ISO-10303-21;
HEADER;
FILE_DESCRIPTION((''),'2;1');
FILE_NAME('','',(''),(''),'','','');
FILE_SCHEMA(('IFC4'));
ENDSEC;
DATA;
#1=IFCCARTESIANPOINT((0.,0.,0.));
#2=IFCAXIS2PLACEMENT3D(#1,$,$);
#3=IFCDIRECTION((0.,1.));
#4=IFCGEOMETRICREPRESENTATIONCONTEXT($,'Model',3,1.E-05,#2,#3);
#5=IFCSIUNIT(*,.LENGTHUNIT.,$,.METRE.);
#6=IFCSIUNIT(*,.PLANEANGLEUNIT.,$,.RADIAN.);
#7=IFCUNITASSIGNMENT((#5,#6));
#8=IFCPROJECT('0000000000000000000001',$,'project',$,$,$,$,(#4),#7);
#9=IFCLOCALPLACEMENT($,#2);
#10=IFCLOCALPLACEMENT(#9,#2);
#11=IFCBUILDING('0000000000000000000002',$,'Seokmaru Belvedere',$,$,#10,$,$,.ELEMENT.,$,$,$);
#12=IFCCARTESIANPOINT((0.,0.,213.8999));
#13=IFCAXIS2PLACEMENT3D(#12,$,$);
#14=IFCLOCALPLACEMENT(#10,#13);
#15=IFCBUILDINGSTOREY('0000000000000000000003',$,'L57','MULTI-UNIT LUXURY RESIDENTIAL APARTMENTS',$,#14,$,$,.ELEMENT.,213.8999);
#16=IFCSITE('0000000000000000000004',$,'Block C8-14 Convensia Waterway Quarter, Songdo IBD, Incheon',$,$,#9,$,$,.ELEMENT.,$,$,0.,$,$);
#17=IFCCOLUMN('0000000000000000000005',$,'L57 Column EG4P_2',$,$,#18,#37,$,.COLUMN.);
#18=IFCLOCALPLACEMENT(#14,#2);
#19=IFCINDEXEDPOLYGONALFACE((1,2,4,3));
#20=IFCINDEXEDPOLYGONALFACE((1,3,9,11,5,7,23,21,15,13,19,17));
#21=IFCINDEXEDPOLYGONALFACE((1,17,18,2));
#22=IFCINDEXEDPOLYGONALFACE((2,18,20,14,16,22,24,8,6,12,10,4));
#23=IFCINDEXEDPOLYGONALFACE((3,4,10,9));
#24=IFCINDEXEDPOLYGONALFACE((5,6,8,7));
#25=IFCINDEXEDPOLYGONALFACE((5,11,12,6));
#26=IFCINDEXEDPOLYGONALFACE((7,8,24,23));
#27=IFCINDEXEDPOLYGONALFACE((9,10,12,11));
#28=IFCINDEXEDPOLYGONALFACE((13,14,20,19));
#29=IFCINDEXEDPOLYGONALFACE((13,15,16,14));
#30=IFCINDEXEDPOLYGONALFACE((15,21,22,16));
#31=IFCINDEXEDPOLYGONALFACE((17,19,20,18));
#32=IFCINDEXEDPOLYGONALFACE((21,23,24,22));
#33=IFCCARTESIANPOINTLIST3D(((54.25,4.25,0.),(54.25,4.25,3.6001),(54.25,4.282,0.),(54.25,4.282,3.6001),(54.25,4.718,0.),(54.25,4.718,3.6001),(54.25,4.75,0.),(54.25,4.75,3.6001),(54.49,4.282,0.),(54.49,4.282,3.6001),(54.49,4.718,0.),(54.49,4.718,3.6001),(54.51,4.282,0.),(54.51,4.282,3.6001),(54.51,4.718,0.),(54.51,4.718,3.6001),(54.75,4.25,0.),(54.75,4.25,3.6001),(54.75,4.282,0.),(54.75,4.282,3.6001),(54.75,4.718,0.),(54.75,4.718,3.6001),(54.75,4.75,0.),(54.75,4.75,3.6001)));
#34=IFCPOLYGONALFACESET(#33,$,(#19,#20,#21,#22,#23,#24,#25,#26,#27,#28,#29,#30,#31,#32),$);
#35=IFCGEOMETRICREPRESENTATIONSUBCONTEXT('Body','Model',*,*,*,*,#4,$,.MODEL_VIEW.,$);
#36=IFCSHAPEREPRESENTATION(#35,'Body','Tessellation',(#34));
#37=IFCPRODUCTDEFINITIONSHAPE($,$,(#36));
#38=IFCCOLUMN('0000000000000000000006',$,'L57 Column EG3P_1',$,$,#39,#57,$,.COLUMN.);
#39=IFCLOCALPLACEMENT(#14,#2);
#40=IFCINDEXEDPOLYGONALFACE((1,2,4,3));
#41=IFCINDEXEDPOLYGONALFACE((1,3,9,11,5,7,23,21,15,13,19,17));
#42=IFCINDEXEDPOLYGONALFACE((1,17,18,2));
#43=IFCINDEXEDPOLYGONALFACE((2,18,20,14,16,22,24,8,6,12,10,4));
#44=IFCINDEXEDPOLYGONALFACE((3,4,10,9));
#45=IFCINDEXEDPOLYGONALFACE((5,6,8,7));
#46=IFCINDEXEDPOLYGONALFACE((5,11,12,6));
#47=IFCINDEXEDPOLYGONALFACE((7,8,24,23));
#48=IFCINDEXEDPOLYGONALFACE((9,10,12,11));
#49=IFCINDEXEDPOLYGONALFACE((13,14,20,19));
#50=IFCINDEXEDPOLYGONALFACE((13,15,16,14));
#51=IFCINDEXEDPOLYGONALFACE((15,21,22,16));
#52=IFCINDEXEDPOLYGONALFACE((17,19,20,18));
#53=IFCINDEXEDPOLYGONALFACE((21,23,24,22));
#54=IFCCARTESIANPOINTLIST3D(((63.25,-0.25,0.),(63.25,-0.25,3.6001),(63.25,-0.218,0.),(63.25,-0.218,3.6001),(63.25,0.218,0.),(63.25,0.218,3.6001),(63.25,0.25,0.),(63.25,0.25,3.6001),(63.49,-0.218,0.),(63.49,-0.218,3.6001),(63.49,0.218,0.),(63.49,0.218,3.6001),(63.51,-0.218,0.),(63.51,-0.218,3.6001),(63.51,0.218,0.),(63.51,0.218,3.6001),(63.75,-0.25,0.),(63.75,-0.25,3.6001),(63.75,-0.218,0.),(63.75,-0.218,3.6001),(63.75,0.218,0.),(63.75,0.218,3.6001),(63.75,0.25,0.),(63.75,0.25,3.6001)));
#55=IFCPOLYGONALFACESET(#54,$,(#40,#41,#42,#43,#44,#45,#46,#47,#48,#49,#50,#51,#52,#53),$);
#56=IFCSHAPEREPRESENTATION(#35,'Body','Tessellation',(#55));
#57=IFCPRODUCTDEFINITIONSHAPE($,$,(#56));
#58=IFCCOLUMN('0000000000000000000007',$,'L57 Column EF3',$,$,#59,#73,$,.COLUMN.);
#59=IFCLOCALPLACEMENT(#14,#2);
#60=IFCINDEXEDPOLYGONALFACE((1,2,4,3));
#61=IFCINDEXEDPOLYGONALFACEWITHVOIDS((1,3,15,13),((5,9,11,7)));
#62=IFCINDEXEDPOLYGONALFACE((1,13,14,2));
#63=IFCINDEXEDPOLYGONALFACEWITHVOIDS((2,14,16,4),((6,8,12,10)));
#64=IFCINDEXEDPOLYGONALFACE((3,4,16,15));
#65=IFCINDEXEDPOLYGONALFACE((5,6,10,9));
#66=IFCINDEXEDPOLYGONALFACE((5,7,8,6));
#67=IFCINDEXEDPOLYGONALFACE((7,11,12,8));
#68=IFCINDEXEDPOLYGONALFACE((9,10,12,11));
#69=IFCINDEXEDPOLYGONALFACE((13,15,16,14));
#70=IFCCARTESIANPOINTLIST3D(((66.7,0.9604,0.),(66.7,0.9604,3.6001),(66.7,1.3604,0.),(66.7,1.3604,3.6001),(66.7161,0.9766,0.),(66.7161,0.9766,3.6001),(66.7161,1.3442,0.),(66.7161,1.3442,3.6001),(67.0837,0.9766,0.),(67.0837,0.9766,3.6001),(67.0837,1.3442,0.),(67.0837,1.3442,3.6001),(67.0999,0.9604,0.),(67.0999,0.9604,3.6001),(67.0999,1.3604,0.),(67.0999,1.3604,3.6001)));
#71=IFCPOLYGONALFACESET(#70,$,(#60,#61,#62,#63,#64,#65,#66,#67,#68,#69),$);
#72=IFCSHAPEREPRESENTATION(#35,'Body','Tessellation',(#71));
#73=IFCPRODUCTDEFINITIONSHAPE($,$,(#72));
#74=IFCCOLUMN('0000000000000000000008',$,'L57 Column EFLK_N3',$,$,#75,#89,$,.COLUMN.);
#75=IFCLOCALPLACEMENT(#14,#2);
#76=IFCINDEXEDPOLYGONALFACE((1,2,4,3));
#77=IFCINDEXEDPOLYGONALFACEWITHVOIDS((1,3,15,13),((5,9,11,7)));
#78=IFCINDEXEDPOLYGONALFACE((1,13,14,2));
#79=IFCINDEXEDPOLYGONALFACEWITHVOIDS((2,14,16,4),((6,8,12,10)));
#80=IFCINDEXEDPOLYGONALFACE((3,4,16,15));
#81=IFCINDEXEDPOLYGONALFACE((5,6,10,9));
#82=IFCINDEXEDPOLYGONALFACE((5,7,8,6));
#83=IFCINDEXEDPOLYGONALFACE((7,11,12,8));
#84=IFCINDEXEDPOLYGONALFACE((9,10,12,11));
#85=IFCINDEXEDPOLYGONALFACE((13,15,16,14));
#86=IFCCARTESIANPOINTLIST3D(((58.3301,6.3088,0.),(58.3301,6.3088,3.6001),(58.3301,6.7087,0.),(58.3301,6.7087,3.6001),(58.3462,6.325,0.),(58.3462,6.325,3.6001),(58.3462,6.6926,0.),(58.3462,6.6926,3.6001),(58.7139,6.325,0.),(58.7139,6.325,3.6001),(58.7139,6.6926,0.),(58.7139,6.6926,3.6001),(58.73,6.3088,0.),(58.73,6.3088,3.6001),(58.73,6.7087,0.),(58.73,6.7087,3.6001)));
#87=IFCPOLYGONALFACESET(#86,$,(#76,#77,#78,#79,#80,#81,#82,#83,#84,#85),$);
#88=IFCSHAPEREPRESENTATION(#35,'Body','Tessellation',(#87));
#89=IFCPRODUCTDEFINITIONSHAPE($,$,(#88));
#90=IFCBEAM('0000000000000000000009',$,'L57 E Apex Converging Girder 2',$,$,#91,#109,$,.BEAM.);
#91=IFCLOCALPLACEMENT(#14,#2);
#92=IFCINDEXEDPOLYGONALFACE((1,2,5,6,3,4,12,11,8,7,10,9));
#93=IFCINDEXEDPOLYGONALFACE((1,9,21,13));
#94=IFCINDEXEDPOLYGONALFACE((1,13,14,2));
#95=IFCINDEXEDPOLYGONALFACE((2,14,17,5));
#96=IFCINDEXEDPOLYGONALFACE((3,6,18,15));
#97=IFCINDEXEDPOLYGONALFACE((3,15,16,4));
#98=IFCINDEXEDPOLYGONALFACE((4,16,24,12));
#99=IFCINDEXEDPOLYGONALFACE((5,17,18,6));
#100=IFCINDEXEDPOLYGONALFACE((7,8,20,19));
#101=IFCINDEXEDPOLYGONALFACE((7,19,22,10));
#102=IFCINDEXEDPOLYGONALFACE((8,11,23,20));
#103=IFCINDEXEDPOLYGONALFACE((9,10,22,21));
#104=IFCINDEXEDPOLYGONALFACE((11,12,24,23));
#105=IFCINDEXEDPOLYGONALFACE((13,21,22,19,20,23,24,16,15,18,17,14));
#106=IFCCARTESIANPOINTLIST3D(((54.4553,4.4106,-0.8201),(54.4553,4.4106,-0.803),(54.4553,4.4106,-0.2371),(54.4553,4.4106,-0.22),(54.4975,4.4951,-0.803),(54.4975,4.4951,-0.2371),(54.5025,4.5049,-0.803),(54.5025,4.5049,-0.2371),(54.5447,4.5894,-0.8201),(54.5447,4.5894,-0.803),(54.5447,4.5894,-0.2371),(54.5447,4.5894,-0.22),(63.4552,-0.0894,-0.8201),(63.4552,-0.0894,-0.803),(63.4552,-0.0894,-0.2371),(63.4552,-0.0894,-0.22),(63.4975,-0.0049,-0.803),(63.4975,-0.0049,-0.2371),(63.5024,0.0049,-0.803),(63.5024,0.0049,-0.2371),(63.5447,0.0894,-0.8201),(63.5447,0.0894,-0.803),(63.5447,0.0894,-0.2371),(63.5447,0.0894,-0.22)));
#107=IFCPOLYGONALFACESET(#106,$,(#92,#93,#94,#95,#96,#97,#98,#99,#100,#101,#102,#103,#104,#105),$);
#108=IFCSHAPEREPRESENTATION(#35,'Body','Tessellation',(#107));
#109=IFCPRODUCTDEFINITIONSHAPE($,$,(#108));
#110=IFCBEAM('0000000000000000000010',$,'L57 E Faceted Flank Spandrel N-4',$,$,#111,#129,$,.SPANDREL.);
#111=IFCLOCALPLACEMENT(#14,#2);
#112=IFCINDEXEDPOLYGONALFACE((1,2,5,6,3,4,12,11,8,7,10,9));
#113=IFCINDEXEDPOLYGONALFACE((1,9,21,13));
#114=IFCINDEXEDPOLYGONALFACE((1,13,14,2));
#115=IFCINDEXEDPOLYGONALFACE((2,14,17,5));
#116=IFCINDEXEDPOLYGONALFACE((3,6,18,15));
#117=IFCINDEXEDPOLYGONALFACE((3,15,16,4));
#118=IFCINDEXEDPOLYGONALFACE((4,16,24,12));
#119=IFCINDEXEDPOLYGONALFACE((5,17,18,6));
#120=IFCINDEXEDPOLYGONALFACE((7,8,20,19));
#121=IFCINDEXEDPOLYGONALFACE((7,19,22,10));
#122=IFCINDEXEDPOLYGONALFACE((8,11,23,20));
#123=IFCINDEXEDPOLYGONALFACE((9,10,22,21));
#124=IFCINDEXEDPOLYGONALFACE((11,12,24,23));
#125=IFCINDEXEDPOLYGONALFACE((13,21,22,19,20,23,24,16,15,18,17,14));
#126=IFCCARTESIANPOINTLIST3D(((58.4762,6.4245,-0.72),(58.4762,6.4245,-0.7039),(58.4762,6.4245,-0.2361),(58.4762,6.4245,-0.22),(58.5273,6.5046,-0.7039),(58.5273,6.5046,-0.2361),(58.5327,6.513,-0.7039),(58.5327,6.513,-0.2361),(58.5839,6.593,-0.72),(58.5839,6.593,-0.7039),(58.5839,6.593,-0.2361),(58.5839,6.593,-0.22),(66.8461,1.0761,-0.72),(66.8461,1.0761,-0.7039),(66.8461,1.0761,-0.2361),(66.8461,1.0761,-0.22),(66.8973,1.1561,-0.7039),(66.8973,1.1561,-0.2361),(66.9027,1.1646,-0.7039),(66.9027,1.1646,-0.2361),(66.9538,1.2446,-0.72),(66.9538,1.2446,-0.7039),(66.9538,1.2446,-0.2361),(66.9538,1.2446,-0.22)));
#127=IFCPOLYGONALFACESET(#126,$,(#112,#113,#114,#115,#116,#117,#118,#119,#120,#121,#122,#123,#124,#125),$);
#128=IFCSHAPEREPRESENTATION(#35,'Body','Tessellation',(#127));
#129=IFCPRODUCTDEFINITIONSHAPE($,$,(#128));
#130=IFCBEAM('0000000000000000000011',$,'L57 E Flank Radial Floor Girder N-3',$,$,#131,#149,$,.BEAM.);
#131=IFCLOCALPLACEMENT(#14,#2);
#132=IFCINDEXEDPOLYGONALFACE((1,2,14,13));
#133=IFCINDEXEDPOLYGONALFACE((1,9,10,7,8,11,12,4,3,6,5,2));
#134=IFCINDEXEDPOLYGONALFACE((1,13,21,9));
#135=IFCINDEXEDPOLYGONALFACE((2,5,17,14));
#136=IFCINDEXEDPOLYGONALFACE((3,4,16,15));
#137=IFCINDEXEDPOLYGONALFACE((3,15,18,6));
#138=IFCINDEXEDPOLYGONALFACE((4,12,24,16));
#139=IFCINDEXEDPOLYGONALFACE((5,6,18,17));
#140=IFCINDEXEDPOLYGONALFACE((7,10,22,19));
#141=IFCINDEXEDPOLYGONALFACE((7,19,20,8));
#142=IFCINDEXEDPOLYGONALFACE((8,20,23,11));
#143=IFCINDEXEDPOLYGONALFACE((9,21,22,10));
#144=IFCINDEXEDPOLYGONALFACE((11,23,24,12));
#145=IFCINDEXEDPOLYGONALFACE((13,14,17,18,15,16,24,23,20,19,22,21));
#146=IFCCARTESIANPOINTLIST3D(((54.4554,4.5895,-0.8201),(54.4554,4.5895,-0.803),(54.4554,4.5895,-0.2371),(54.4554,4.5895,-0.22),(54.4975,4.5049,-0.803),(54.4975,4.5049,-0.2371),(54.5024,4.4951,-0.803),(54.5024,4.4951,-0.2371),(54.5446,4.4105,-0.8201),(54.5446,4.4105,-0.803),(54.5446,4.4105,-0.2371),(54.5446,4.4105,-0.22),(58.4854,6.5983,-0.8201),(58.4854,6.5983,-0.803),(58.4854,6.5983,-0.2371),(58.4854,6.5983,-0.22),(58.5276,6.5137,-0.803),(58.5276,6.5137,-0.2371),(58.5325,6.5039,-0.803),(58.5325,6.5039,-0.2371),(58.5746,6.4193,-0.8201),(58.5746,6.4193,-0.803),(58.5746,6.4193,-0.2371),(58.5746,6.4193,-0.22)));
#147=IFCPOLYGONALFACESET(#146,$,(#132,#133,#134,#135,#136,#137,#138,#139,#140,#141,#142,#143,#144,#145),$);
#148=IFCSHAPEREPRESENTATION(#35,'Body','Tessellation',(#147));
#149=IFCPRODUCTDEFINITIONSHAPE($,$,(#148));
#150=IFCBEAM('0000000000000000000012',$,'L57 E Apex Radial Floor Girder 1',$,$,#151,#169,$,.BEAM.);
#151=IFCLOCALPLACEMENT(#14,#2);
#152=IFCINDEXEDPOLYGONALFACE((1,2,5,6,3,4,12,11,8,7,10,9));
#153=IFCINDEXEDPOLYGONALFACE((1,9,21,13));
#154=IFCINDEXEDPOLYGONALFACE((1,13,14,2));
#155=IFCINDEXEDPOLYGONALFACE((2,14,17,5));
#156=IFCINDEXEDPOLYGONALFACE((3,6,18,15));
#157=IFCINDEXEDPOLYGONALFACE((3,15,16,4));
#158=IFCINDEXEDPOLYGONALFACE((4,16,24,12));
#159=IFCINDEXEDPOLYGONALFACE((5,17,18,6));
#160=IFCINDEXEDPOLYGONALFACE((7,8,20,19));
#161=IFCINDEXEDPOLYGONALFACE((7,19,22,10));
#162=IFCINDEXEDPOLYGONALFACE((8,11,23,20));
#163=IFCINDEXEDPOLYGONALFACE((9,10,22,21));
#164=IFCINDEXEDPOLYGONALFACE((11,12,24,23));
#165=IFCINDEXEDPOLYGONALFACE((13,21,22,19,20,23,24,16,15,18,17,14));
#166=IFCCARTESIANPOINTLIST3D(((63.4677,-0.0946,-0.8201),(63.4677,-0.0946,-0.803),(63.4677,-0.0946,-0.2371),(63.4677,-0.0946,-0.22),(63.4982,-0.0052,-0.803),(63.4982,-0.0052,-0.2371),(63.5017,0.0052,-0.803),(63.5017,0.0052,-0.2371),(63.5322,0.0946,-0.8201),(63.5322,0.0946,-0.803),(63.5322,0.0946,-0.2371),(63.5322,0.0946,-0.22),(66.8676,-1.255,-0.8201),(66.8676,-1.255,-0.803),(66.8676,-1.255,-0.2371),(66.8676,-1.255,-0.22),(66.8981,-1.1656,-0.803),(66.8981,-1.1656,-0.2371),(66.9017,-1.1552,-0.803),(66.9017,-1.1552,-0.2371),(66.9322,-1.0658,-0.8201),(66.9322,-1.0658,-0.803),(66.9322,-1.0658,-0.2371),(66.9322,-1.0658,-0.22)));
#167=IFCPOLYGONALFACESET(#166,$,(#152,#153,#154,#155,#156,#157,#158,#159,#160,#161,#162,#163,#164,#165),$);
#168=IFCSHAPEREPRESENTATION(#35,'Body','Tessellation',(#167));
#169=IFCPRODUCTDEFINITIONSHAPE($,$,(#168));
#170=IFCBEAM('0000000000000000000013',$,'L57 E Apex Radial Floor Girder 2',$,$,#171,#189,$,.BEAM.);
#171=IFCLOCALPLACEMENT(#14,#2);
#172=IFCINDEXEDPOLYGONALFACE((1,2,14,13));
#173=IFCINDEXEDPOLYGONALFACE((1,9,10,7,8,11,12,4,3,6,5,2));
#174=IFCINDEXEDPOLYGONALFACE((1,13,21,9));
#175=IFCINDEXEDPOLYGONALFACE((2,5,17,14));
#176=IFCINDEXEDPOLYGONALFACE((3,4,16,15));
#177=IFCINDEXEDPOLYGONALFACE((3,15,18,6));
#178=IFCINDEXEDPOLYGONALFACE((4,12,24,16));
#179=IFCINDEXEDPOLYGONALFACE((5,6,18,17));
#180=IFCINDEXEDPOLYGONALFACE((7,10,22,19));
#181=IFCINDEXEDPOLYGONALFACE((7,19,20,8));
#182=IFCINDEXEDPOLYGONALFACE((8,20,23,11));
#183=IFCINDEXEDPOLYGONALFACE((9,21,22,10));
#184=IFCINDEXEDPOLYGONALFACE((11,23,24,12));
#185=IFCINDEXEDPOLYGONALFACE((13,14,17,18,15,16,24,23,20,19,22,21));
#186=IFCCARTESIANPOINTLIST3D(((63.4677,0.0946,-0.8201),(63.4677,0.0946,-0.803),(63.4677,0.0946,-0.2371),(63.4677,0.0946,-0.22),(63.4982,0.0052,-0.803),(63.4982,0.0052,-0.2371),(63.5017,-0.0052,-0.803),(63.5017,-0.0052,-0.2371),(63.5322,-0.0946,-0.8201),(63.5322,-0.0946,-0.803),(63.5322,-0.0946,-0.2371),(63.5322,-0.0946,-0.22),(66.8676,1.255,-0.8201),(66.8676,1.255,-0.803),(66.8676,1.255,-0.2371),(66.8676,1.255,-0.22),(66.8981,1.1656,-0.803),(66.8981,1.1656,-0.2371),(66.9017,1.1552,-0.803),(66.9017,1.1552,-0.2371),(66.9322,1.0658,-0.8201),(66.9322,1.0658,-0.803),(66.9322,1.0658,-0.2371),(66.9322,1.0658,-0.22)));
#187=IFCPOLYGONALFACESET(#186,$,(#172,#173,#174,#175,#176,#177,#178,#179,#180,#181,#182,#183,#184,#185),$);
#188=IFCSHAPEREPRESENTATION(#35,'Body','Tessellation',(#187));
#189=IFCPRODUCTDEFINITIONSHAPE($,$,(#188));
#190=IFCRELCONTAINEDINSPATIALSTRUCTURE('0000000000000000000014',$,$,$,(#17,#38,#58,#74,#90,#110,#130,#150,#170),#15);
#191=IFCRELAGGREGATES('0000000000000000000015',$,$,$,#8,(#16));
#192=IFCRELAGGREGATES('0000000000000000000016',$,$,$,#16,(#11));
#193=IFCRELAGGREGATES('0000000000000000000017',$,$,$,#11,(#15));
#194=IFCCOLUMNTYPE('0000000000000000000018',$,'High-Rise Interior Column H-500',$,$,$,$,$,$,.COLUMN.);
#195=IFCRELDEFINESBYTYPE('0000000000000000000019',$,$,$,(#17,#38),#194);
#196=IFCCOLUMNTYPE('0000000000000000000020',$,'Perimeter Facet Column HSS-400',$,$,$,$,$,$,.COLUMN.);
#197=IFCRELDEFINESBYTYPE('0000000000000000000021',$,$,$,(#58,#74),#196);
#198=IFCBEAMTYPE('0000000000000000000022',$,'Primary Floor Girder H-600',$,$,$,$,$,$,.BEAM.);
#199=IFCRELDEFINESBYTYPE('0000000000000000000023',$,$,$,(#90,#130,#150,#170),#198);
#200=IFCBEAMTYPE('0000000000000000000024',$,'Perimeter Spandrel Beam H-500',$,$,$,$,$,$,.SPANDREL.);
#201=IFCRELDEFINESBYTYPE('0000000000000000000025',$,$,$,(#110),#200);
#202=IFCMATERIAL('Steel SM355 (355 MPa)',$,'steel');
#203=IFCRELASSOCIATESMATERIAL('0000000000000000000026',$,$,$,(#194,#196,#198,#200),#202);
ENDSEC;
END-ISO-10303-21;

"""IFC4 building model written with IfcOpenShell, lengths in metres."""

from ifc_helpers import new_model, si_unit, direction, frame, origin, origin_2d, place, context, subcontext, project, spatial, hollow_rectangle, i_section, extrude, source, transform, mapped, material, material_profile, profile_set, type_object, type_shapes, element, save


model = new_model("IFC4")

# Units and contexts
model_context = context("Model", 3, precision=1e-05, world=origin(), true_north=direction((0.0, 1.0)))
body_context = subcontext(model_context, "Body", "Model", "MODEL_VIEW")
ifc_project = project(units=[si_unit("LENGTHUNIT", "METRE"), si_unit("PLANEANGLEUNIT", "RADIAN")], contexts=[model_context])

# Site, building, storey
site_placement = place(None, origin())
site = spatial("IfcSite", under=ifc_project, at=site_placement, Name="Block C8-14 Convensia Waterway Quarter, Songdo IBD, Incheon", CompositionType="ELEMENT", RefElevation=0.0)
building_placement = place(site_placement, origin())
building = spatial("IfcBuilding", under=site, at=building_placement, Name="Seokmaru Belvedere", CompositionType="ELEMENT")
storey_placement = place(building_placement, frame((0.0, 0.0, 213.8999)))
storey = spatial("IfcBuildingStorey", under=building, at=storey_placement, Name="L57", Description="MULTI-UNIT LUXURY RESIDENTIAL APARTMENTS", CompositionType="ELEMENT", Elevation=213.8999)

# Columns
ifc_material_1 = material(Name="Steel SM355 (355 MPa)", Category="steel")
ifc_material_profile_1 = material_profile(ifc_material_1, i_section(OverallWidth=0.5, OverallDepth=0.5, WebThickness=0.02, FlangeThickness=0.032, at=origin_2d()), Name="H-500x500x20x32")
ifc_profile_set_1 = profile_set([ifc_material_profile_1], Name="Steel SM355 (355 MPa)")
column_type_1 = type_object("IfcColumnType", Name="High-Rise Interior Column H-500", PredefinedType="COLUMN", material=ifc_profile_set_1)
shared_shape_1 = source(origin(), body_context, "Body", "SweptSolid", [
    extrude(i_section(OverallWidth=0.5, OverallDepth=0.5, WebThickness=0.02, FlangeThickness=0.032, at=origin_2d()), origin(), (0.0, 0.0, 1.0), 3.6001),
])
type_shapes(column_type_1, [shared_shape_1])
for number, where, z_axis, x_axis, name in (
    (1, (54.5, 4.5, 0.0), (0.0, 0.0, 1.0), (1.0, 0.0, 0.0), "L57 Column EG4P_2"),
    (2, (63.5, 0.0, 0.0), (0.0, 0.0, 1.0), (1.0, 0.0, 0.0), "L57 Column EG3P_1"),
):
    element("IfcColumn", number, at=place(storey_placement, frame(where, z_axis=z_axis, x_axis=x_axis)), inside=storey, type_object=column_type_1, Name=name, PredefinedType="COLUMN", context=body_context, shape_type="MappedRepresentation", body=[
        mapped(shared_shape_1, transform((0.0, 0.0, 0.0), scale=1.0)),
    ])
ifc_material_profile_2 = material_profile(ifc_material_1, hollow_rectangle(XDim=0.3999, YDim=0.3999, WallThickness=0.0161, at=origin_2d()), Name="HSS-400x400x16")
ifc_profile_set_2 = profile_set([ifc_material_profile_2], Name="Steel SM355 (355 MPa)")
column_type_2 = type_object("IfcColumnType", Name="Perimeter Facet Column HSS-400", PredefinedType="COLUMN", material=ifc_profile_set_2)
shared_shape_2 = source(origin(), body_context, "Body", "SweptSolid", [
    extrude(hollow_rectangle(XDim=0.3999, YDim=0.3999, WallThickness=0.0161, at=origin_2d()), origin(), (0.0, 0.0, 1.0), 3.6001),
])
type_shapes(column_type_2, [shared_shape_2])
for number, where, z_axis, x_axis, name in (
    (3, (66.8999, 1.1604, 0.0), (0.0, 0.0, 1.0), (1.0, 0.0, 0.0), "L57 Column EF3"),
    (4, (58.53, 6.5088, 0.0), (0.0, 0.0, 1.0), (1.0, 0.0, 0.0), "L57 Column EFLK_N3"),
):
    element("IfcColumn", number, at=place(storey_placement, frame(where, z_axis=z_axis, x_axis=x_axis)), inside=storey, type_object=column_type_2, Name=name, PredefinedType="COLUMN", context=body_context, shape_type="MappedRepresentation", body=[
        mapped(shared_shape_2, transform((0.0, 0.0, 0.0), scale=1.0)),
    ])

# Beams
ifc_material_profile_3 = material_profile(ifc_material_1, i_section(OverallWidth=0.2, OverallDepth=0.6001, WebThickness=0.011, FlangeThickness=0.0171, at=origin_2d()), Name="H-600x200x11x17")
ifc_profile_set_3 = profile_set([ifc_material_profile_3], Name="Steel SM355 (355 MPa)")
beam_type_1 = type_object("IfcBeamType", Name="Primary Floor Girder H-600", PredefinedType="BEAM", material=ifc_profile_set_3)
shared_shape_3 = source(origin(), body_context, "Body", "SweptSolid", [
    extrude(i_section(OverallWidth=0.2, OverallDepth=0.6001, WebThickness=0.011, FlangeThickness=0.0171, at=origin_2d()), origin(), (0.0, 0.0, 1.0), 10.0623),
])
beam_1_placement = place(storey_placement, frame((54.5, 4.5, -0.52), z_axis=(0.894427, -0.447214, 0.0), x_axis=(0.447214, 0.894427, 0.0)))
element("IfcBeam", 5, at=beam_1_placement, inside=storey, type_object=beam_type_1, Name="L57 E Apex Converging Girder 2", PredefinedType="BEAM", context=body_context, shape_type="MappedRepresentation", body=[
    mapped(shared_shape_3, transform((0.0, 0.0, 0.0), scale=1.0)),
])
ifc_material_profile_4 = material_profile(ifc_material_1, i_section(OverallWidth=0.2, OverallDepth=0.5, WebThickness=0.01, FlangeThickness=0.0161, at=origin_2d()), Name="H-500x200x10x16")
ifc_profile_set_4 = profile_set([ifc_material_profile_4], Name="Steel SM355 (355 MPa)")
beam_type_2 = type_object("IfcBeamType", Name="Perimeter Spandrel Beam H-500", PredefinedType="SPANDREL", material=ifc_profile_set_4)
shared_shape_4 = source(origin(), body_context, "Body", "SweptSolid", [
    extrude(i_section(OverallWidth=0.2, OverallDepth=0.5, WebThickness=0.01, FlangeThickness=0.0161, at=origin_2d()), origin(), (0.0, 0.0, 1.0), 9.9329),
])
type_shapes(beam_type_2, [shared_shape_4])
beam_2_placement = place(storey_placement, frame((58.53, 6.5088, -0.47), z_axis=(0.842652, -0.538459, 0.0), x_axis=(0.538459, 0.842652, 0.0)))
element("IfcBeam", 6, at=beam_2_placement, inside=storey, type_object=beam_type_2, Name="L57 E Faceted Flank Spandrel N-4", PredefinedType="SPANDREL", context=body_context, shape_type="MappedRepresentation", body=[
    mapped(shared_shape_4, transform((0.0, 0.0, 0.0), scale=1.0)),
])
shared_shape_5 = source(origin(), body_context, "Body", "SweptSolid", [
    extrude(i_section(OverallWidth=0.2, OverallDepth=0.6001, WebThickness=0.011, FlangeThickness=0.0171, at=origin_2d()), origin(), (0.0, 0.0, 1.0), 4.5029),
])
beam_3_placement = place(storey_placement, frame((58.53, 6.5088, -0.52), z_axis=(-0.89498, -0.446107, 0.0), x_axis=(0.446107, -0.89498, 0.0)))
element("IfcBeam", 7, at=beam_3_placement, inside=storey, type_object=beam_type_1, Name="L57 E Flank Radial Floor Girder N-3", PredefinedType="BEAM", context=body_context, shape_type="MappedRepresentation", body=[
    mapped(shared_shape_5, transform((0.0, 0.0, 0.0), scale=1.0)),
])
shared_shape_6 = source(origin(), body_context, "Body", "SweptSolid", [
    extrude(i_section(OverallWidth=0.2, OverallDepth=0.6001, WebThickness=0.011, FlangeThickness=0.0171, at=origin_2d()), origin(), (0.0, 0.0, 1.0), 3.5925),
])
type_shapes(beam_type_1, [shared_shape_3, shared_shape_5, shared_shape_6])
for number, where, z_axis, x_axis, name in (
    (8, (66.8999, -1.1604, -0.52), (-0.946396, 0.323009, 0.0), (-0.323009, -0.946396, 0.0), "L57 E Apex Radial Floor Girder 1"),
    (9, (66.8999, 1.1604, -0.52), (-0.946396, -0.323009, 0.0), (0.323009, -0.946396, 0.0), "L57 E Apex Radial Floor Girder 2"),
):
    element("IfcBeam", number, at=place(storey_placement, frame(where, z_axis=z_axis, x_axis=x_axis)), inside=storey, type_object=beam_type_1, Name=name, PredefinedType="BEAM", context=body_context, shape_type="MappedRepresentation", body=[
        mapped(shared_shape_6, transform((0.0, 0.0, 0.0), scale=1.0)),
    ])

save(model, "model.ifc")
